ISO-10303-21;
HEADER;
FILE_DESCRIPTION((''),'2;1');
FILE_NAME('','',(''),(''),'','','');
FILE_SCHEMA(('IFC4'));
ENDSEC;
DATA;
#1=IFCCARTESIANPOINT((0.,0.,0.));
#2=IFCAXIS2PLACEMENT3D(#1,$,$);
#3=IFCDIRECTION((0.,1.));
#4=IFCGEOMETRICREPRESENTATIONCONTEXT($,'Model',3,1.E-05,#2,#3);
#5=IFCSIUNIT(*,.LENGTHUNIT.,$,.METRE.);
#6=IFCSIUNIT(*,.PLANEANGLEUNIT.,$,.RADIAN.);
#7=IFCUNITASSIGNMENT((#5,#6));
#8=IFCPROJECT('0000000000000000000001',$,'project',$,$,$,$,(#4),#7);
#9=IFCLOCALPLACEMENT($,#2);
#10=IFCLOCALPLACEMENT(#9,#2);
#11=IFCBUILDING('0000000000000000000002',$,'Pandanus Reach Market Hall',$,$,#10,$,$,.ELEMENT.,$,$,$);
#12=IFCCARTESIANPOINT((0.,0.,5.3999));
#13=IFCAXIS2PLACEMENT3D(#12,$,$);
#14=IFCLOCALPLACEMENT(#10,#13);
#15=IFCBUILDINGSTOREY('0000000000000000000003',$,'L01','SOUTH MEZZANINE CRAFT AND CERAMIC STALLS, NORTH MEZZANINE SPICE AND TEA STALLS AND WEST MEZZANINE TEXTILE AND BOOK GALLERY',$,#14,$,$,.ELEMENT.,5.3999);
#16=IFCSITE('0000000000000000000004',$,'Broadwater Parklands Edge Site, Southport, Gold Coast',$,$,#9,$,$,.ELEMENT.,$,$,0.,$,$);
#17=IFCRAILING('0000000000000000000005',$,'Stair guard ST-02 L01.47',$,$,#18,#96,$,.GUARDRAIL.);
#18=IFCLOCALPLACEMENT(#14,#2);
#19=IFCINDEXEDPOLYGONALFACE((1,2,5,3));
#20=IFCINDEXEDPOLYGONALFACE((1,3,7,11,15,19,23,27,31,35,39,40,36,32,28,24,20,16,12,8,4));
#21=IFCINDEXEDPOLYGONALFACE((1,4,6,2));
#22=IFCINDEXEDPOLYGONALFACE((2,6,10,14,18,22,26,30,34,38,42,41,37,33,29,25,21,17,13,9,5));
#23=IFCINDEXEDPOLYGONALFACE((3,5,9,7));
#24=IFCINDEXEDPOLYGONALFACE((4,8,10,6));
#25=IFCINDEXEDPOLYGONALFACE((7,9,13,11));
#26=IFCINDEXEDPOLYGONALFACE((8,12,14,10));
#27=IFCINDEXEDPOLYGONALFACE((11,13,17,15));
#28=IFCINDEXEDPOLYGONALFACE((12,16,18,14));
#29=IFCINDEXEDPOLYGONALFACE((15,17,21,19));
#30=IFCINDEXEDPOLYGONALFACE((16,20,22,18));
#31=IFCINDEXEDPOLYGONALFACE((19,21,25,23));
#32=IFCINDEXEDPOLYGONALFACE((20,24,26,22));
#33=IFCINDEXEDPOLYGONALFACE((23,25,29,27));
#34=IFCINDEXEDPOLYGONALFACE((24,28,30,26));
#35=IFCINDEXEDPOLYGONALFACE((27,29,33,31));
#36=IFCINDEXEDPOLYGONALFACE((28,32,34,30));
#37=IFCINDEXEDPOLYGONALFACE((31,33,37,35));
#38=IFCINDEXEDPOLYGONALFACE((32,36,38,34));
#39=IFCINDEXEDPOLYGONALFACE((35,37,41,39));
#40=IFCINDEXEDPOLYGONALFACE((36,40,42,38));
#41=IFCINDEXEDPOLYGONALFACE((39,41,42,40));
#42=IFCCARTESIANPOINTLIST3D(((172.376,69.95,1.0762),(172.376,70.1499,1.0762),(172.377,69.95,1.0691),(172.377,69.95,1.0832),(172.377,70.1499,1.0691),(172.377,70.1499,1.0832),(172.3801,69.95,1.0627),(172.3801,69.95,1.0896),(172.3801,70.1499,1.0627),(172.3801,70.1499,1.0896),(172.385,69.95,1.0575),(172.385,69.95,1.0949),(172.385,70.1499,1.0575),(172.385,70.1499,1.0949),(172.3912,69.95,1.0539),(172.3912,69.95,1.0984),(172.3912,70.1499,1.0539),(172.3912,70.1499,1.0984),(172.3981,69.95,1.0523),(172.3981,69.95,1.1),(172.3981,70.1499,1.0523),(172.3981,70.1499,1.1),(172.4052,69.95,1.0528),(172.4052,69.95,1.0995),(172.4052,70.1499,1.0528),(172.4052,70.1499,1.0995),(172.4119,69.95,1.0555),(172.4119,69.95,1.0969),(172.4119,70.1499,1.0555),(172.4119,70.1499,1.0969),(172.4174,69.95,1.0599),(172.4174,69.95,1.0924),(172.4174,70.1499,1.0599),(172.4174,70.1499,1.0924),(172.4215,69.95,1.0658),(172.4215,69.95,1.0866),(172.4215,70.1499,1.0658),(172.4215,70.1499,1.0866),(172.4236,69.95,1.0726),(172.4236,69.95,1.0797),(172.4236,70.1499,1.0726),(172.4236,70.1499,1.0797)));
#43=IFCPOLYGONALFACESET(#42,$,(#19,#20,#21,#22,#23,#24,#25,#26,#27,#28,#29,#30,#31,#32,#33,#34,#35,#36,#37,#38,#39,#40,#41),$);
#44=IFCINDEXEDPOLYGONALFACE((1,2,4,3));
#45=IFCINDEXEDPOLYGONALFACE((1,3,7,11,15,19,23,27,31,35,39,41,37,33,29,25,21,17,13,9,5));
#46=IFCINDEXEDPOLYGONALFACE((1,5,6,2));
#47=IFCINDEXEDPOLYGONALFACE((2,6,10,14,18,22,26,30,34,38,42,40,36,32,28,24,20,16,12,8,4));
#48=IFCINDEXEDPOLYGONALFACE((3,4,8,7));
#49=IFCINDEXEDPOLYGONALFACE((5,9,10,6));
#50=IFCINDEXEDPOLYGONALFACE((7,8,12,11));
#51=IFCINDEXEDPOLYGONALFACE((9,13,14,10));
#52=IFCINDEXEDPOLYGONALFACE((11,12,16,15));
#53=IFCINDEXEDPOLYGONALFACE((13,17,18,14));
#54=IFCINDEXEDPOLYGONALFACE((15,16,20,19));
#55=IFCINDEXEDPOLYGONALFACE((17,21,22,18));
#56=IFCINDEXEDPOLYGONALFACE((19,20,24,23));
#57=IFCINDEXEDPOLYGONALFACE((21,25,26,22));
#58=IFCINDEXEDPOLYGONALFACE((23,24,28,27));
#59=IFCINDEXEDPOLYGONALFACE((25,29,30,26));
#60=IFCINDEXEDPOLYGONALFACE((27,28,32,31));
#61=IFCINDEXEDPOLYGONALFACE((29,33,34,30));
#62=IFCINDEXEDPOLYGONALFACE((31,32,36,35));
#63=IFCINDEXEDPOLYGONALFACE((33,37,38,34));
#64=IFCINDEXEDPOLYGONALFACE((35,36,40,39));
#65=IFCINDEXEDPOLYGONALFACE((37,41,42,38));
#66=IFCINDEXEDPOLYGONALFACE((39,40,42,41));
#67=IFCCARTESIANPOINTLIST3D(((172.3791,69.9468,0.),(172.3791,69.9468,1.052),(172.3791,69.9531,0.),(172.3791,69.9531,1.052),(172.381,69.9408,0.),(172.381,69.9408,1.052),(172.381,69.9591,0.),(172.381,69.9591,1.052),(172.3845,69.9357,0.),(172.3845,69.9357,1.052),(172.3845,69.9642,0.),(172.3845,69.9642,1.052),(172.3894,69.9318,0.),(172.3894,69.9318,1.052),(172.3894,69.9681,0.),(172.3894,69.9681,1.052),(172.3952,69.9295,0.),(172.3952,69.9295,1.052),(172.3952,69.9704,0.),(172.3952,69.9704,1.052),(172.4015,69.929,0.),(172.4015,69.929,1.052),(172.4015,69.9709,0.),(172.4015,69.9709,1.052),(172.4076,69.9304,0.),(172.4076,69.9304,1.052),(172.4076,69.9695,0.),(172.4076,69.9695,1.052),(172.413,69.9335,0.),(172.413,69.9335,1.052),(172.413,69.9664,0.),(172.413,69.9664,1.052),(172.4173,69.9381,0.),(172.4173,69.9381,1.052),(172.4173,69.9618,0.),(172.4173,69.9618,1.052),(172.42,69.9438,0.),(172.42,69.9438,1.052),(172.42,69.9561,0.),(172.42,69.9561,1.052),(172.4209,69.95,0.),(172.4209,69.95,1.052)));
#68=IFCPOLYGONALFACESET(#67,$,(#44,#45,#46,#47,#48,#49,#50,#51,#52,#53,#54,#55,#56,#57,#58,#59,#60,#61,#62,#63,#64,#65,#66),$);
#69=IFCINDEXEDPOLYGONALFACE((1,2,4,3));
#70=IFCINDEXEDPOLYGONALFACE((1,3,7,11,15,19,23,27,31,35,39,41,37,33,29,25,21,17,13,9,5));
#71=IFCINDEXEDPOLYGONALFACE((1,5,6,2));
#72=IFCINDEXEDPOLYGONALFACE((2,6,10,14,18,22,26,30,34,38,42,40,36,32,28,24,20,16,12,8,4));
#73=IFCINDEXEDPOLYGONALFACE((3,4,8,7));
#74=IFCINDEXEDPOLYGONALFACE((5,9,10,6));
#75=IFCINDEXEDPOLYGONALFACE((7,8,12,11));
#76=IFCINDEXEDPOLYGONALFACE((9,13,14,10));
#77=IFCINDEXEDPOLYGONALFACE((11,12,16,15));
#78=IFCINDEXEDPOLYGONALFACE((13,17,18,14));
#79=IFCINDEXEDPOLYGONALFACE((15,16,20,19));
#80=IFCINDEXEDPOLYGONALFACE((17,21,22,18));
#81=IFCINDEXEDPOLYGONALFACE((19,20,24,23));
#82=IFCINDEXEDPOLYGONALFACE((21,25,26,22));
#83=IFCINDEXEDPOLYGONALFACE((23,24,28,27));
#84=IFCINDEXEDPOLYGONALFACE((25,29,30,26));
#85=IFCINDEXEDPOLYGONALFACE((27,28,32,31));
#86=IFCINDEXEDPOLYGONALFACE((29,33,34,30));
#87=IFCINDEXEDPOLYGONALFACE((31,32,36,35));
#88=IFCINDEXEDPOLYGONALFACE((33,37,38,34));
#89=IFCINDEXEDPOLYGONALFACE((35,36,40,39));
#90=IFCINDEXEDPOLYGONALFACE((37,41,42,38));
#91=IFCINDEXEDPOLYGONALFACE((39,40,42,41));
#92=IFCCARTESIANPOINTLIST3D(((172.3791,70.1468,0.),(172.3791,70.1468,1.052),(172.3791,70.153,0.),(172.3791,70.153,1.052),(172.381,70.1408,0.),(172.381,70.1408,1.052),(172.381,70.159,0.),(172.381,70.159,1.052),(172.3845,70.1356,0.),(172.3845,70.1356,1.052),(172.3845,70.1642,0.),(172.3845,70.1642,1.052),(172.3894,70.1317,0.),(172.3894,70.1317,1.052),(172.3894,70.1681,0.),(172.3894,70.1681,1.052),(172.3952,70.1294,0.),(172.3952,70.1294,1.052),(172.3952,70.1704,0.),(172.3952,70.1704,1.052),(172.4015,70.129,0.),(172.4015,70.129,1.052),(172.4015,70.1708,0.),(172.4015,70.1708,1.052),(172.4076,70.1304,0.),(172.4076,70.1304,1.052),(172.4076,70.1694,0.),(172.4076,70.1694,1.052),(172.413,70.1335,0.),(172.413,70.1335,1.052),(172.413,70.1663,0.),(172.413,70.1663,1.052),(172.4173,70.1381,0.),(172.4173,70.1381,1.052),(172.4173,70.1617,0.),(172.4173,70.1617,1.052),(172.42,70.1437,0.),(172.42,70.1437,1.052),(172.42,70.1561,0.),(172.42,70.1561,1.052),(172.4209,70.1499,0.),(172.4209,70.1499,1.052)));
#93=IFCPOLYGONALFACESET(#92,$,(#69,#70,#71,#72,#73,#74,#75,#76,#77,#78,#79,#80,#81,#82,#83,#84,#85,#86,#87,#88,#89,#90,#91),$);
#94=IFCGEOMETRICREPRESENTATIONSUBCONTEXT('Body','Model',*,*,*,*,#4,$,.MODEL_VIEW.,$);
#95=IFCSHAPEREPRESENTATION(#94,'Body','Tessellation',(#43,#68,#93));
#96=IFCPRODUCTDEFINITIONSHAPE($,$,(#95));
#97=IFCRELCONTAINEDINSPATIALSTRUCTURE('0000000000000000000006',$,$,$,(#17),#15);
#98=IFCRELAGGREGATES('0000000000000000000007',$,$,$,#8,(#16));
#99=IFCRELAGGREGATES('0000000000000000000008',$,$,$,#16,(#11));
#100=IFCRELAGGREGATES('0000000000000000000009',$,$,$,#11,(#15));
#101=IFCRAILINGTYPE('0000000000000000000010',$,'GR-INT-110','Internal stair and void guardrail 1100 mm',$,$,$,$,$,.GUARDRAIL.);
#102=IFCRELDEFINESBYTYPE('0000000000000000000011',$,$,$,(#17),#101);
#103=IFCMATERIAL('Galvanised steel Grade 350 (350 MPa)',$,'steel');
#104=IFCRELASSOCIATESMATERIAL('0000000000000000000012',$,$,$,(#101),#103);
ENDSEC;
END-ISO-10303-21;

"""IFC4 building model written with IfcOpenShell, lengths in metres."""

from ifc_helpers import new_model, si_unit, direction, frame, origin, origin_2d, place, context, subcontext, project, spatial, circle, extrude, material, type_object, element, save


model = new_model("IFC4")

# Units and contexts
model_context = context("Model", 3, precision=1e-05, world=origin(), true_north=direction((0.0, 1.0)))
body_context = subcontext(model_context, "Body", "Model", "MODEL_VIEW")
ifc_project = project(units=[si_unit("LENGTHUNIT", "METRE"), si_unit("PLANEANGLEUNIT", "RADIAN")], contexts=[model_context])

# Site, building, storey
site_placement = place(None, origin())
site = spatial("IfcSite", under=ifc_project, at=site_placement, Name="Broadwater Parklands Edge Site, Southport, Gold Coast", CompositionType="ELEMENT", RefElevation=0.0)
building_placement = place(site_placement, origin())
building = spatial("IfcBuilding", under=site, at=building_placement, Name="Pandanus Reach Market Hall", CompositionType="ELEMENT")
storey_placement = place(building_placement, frame((0.0, 0.0, 5.3999)))
storey = spatial("IfcBuildingStorey", under=building, at=storey_placement, Name="L01", Description="SOUTH MEZZANINE CRAFT AND CERAMIC STALLS, NORTH MEZZANINE SPICE AND TEA STALLS AND WEST MEZZANINE TEXTILE AND BOOK GALLERY", CompositionType="ELEMENT", Elevation=5.3999)

# Railing
ifc_material_1 = material(Name="Galvanised steel Grade 350 (350 MPa)", Category="steel")
railing_type_1 = type_object("IfcRailingType", Name="GR-INT-110", Description="Internal stair and void guardrail 1100 mm", PredefinedType="GUARDRAIL", material=ifc_material_1)
railing_1_placement = place(storey_placement, frame((172.3999, 69.95, 0.0)))
element("IfcRailing", 1, at=railing_1_placement, inside=storey, type_object=railing_type_1, Name="Stair guard ST-02 L01.47", PredefinedType="GUARDRAIL", context=body_context, shape_type="SweptSolid", body=[
    extrude(circle(Radius=0.0239, at=origin_2d()), frame((0.0, 0.0, 1.0762), z_axis=(0.0, 1.0, 0.0), x_axis=(-1.0, 0.0, 0.0)), (0.0, 0.0, 1.0), 0.2),
    extrude(circle(Radius=0.021, at=origin_2d()), origin(), (0.0, 0.0, 1.0), 1.052),
    extrude(circle(Radius=0.021, at=origin_2d()), frame((0.0, 0.2, 0.0)), (0.0, 0.0, 1.0), 1.052),
])

save(model, "model.ifc")
